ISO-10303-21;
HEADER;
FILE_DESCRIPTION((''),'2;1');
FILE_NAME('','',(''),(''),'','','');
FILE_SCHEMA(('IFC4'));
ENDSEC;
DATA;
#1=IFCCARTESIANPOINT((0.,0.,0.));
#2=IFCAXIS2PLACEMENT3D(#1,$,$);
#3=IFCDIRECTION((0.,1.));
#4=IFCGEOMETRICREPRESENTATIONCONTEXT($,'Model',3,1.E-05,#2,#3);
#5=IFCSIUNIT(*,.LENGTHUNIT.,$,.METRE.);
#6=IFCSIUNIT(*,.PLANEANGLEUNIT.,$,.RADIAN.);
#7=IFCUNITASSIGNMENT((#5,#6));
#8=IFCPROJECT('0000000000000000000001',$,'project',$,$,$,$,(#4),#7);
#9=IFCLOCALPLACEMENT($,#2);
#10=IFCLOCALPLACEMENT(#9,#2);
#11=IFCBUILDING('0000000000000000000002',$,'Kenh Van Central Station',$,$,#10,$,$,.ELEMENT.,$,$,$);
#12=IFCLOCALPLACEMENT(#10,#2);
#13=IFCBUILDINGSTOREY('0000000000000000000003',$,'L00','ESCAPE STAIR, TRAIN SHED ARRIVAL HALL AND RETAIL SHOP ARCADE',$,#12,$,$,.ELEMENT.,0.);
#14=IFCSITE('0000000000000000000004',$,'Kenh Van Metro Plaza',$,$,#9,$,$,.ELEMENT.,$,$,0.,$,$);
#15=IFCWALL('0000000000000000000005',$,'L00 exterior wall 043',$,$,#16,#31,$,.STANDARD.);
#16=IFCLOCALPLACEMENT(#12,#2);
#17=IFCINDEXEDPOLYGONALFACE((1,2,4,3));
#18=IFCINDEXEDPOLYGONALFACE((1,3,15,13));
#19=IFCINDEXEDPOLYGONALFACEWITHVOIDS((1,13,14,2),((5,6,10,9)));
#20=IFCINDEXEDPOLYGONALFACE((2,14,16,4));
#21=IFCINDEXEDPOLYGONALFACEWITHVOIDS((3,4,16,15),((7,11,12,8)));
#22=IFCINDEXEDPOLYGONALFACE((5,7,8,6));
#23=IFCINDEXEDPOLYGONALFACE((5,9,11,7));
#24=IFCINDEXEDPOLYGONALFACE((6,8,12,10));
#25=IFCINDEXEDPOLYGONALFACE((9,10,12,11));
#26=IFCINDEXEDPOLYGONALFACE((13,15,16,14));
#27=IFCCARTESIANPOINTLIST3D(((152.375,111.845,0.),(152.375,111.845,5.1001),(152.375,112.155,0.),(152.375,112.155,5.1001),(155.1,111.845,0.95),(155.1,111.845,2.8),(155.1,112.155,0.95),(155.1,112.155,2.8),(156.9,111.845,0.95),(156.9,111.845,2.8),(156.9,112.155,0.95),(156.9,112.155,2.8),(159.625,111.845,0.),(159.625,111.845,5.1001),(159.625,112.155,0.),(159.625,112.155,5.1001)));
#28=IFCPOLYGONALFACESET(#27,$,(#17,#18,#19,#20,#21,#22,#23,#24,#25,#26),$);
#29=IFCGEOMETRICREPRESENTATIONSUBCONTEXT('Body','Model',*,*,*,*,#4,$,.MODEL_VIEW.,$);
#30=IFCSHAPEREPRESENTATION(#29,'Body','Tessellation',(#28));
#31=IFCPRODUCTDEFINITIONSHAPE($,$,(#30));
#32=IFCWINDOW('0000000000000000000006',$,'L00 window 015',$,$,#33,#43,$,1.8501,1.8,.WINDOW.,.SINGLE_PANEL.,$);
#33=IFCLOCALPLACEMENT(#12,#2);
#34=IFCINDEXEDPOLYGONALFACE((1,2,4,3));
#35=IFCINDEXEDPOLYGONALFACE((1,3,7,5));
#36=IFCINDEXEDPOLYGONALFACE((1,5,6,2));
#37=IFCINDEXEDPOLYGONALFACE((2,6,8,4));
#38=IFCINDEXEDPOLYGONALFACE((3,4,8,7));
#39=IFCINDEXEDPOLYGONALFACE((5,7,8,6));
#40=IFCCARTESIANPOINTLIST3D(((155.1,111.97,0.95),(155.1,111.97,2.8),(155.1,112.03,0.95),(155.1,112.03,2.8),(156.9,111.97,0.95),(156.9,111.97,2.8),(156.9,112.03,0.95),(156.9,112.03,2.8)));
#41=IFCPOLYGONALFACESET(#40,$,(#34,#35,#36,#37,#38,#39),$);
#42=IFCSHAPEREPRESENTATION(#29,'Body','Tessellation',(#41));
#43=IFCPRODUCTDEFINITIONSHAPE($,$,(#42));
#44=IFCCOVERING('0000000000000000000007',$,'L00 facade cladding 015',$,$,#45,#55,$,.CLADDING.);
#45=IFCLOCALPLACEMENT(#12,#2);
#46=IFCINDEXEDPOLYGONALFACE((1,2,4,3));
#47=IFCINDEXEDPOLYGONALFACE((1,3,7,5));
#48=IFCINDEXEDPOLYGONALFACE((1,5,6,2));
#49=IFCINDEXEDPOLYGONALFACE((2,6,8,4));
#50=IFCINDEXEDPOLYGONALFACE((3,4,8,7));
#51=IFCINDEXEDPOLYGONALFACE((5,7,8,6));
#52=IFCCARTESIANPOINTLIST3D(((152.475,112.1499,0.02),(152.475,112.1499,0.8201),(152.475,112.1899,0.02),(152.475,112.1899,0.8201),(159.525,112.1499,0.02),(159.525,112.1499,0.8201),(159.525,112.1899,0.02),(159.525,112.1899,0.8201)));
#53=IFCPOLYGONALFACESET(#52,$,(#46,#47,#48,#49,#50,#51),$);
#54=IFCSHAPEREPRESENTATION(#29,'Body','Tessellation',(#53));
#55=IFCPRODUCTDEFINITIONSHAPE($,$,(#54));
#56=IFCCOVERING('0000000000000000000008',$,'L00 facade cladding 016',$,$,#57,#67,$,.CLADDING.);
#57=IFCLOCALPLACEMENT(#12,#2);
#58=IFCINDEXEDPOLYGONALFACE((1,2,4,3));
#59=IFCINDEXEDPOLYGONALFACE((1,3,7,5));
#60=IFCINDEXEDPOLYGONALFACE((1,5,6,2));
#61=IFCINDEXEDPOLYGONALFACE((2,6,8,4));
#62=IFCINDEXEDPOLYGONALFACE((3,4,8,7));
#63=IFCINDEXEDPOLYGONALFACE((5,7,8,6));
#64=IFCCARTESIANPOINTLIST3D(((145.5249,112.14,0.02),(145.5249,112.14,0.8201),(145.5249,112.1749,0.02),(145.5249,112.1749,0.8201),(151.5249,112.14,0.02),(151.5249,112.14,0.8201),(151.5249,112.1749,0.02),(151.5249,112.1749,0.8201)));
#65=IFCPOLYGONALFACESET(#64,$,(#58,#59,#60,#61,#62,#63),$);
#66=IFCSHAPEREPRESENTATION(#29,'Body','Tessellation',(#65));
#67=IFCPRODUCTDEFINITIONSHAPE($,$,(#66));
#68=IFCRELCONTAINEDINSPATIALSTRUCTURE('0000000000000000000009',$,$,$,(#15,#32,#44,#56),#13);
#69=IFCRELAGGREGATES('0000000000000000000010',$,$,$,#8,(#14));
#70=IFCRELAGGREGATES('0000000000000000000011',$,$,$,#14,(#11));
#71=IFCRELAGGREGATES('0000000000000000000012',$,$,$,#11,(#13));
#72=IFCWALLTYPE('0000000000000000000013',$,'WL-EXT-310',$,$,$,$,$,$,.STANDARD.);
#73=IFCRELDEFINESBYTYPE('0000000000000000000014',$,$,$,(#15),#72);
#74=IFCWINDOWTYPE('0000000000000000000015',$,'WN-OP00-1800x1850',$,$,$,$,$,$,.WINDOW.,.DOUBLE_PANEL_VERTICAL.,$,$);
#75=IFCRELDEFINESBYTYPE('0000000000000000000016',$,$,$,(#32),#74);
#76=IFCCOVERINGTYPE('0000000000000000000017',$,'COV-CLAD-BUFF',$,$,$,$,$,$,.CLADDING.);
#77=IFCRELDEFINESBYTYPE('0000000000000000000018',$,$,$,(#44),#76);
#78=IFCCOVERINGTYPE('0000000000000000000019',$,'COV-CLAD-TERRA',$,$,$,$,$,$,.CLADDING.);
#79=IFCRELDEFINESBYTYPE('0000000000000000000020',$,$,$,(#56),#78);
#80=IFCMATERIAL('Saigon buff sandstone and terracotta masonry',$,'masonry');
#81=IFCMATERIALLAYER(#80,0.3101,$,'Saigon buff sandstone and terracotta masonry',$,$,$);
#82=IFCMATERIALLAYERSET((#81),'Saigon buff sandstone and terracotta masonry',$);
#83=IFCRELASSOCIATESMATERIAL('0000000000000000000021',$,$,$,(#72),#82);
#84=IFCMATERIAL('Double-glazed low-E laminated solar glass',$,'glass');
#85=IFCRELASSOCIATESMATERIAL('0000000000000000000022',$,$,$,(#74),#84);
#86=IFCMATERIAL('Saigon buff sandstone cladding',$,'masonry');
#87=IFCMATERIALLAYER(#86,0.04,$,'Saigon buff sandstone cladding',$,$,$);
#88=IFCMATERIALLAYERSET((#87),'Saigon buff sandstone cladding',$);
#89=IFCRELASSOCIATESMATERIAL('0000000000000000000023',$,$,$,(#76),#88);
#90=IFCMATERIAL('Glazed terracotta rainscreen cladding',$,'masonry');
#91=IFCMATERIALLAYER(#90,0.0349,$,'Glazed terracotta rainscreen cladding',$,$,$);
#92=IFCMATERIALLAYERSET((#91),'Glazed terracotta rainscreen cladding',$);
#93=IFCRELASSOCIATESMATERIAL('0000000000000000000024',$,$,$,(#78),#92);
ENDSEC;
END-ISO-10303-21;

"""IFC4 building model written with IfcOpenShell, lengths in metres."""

from ifc_helpers import new_model, si_unit, direction, frame, frame_2d, origin, origin_2d, place, context, subcontext, project, spatial, rectangle, extrude, material, layer, layer_set, type_object, element, fill, save


model = new_model("IFC4")

# Units and contexts
model_context = context("Model", 3, precision=1e-05, world=origin(), true_north=direction((0.0, 1.0)))
body_context = subcontext(model_context, "Body", "Model", "MODEL_VIEW")
ifc_project = project(units=[si_unit("LENGTHUNIT", "METRE"), si_unit("PLANEANGLEUNIT", "RADIAN")], contexts=[model_context])

# Site, building, storey
site_placement = place(None, origin())
site = spatial("IfcSite", under=ifc_project, at=site_placement, Name="Kenh Van Metro Plaza", CompositionType="ELEMENT", RefElevation=0.0)
building_placement = place(site_placement, origin())
building = spatial("IfcBuilding", under=site, at=building_placement, Name="Kenh Van Central Station", CompositionType="ELEMENT")
storey_placement = place(building_placement, origin())
storey = spatial("IfcBuildingStorey", under=building, at=storey_placement, Name="L00", Description="ESCAPE STAIR, TRAIN SHED ARRIVAL HALL AND RETAIL SHOP ARCADE", CompositionType="ELEMENT", Elevation=0.0)

# Shared definitions
ifc_material_1 = material(Name="Double-glazed low-E laminated solar glass", Category="glass")

# Wall, opening, window
ifc_material_2 = material(Name="Saigon buff sandstone and terracotta masonry", Category="masonry")
ifc_layer_1 = layer(ifc_material_2, 0.3101, Name="Saigon buff sandstone and terracotta masonry")
ifc_layer_set_1 = layer_set([ifc_layer_1], Name="Saigon buff sandstone and terracotta masonry")
wall_type_1 = type_object("IfcWallType", Name="WL-EXT-310", PredefinedType="STANDARD", material=ifc_layer_set_1)
wall_1_placement = place(storey_placement, frame((159.625, 112.0, 0.0), z_axis=(0.0, 0.0, 1.0), x_axis=(-1.0, 0.0, 0.0)))
wall_1 = element("IfcWall", 1, at=wall_1_placement, inside=storey, type_object=wall_type_1, Name="L00 exterior wall 043", PredefinedType="STANDARD", context=body_context, shape_type="SweptSolid", body=[
    extrude(rectangle(XDim=7.25, YDim=0.3101, at=frame_2d((3.625, 0.0))), origin(), (0.0, 0.0, 1.0), 5.1001),
])
opening_1_placement = place(wall_1_placement, frame((2.7251, 0.0, 0.95)))
opening_1 = element("IfcOpeningElement", 2, at=opening_1_placement, cuts=wall_1, PredefinedType="OPENING", context=body_context, shape_type="SweptSolid", body=[
    extrude(rectangle(XDim=1.8, YDim=1.8501, at=frame_2d((0.8999, 0.925))), frame((0.0, 0.165, 0.0), z_axis=(0.0, -1.0, 0.0), x_axis=(1.0, 0.0, 0.0)), (0.0, 0.0, 1.0), 0.3301),
])
window_type_1 = type_object("IfcWindowType", Name="WN-OP00-1800x1850", PartitioningType="DOUBLE_PANEL_VERTICAL", PredefinedType="WINDOW", material=ifc_material_1)
window_1_placement = place(opening_1_placement, origin())
window_1 = element("IfcWindow", 3, at=window_1_placement, inside=storey, type_object=window_type_1, Name="L00 window 015", OverallHeight=1.8501, OverallWidth=1.8, PartitioningType="SINGLE_PANEL", PredefinedType="WINDOW", context=body_context, shape_type="SweptSolid", body=[
    extrude(rectangle(XDim=1.8, YDim=1.8501, at=frame_2d((0.8999, 0.925))), frame((0.0, 0.03, 0.0), z_axis=(0.0, -1.0, 0.0), x_axis=(1.0, 0.0, 0.0)), (0.0, 0.0, 1.0), 0.0601),
])
fill(opening_1, window_1)

# Coverings
ifc_material_3 = material(Name="Saigon buff sandstone cladding", Category="masonry")
ifc_layer_2 = layer(ifc_material_3, 0.04, Name="Saigon buff sandstone cladding")
ifc_layer_set_2 = layer_set([ifc_layer_2], Name="Saigon buff sandstone cladding")
covering_type_1 = type_object("IfcCoveringType", Name="COV-CLAD-BUFF", PredefinedType="CLADDING", material=ifc_layer_set_2)
covering_1_placement = place(storey_placement, frame((156.0, 112.1699, 0.02), z_axis=(0.0, 0.0, 1.0), x_axis=(-1.0, 0.0, 0.0)))
element("IfcCovering", 4, at=covering_1_placement, inside=storey, type_object=covering_type_1, Name="L00 facade cladding 015", PredefinedType="CLADDING", context=body_context, shape_type="SweptSolid", body=[
    extrude(rectangle(XDim=7.05, YDim=0.04, at=origin_2d()), origin(), (0.0, 0.0, 1.0), 0.8),
])
ifc_material_4 = material(Name="Glazed terracotta rainscreen cladding", Category="masonry")
ifc_layer_3 = layer(ifc_material_4, 0.0349, Name="Glazed terracotta rainscreen cladding")
ifc_layer_set_3 = layer_set([ifc_layer_3], Name="Glazed terracotta rainscreen cladding")
covering_type_2 = type_object("IfcCoveringType", Name="COV-CLAD-TERRA", PredefinedType="CLADDING", material=ifc_layer_set_3)
covering_2_placement = place(storey_placement, frame((148.5249, 112.1575, 0.02), z_axis=(0.0, 0.0, 1.0), x_axis=(-1.0, 0.0, 0.0)))
element("IfcCovering", 5, at=covering_2_placement, inside=storey, type_object=covering_type_2, Name="L00 facade cladding 016", PredefinedType="CLADDING", context=body_context, shape_type="SweptSolid", body=[
    extrude(rectangle(XDim=6.0, YDim=0.0349, at=origin_2d()), origin(), (0.0, 0.0, 1.0), 0.8),
])

save(model, "model.ifc")
